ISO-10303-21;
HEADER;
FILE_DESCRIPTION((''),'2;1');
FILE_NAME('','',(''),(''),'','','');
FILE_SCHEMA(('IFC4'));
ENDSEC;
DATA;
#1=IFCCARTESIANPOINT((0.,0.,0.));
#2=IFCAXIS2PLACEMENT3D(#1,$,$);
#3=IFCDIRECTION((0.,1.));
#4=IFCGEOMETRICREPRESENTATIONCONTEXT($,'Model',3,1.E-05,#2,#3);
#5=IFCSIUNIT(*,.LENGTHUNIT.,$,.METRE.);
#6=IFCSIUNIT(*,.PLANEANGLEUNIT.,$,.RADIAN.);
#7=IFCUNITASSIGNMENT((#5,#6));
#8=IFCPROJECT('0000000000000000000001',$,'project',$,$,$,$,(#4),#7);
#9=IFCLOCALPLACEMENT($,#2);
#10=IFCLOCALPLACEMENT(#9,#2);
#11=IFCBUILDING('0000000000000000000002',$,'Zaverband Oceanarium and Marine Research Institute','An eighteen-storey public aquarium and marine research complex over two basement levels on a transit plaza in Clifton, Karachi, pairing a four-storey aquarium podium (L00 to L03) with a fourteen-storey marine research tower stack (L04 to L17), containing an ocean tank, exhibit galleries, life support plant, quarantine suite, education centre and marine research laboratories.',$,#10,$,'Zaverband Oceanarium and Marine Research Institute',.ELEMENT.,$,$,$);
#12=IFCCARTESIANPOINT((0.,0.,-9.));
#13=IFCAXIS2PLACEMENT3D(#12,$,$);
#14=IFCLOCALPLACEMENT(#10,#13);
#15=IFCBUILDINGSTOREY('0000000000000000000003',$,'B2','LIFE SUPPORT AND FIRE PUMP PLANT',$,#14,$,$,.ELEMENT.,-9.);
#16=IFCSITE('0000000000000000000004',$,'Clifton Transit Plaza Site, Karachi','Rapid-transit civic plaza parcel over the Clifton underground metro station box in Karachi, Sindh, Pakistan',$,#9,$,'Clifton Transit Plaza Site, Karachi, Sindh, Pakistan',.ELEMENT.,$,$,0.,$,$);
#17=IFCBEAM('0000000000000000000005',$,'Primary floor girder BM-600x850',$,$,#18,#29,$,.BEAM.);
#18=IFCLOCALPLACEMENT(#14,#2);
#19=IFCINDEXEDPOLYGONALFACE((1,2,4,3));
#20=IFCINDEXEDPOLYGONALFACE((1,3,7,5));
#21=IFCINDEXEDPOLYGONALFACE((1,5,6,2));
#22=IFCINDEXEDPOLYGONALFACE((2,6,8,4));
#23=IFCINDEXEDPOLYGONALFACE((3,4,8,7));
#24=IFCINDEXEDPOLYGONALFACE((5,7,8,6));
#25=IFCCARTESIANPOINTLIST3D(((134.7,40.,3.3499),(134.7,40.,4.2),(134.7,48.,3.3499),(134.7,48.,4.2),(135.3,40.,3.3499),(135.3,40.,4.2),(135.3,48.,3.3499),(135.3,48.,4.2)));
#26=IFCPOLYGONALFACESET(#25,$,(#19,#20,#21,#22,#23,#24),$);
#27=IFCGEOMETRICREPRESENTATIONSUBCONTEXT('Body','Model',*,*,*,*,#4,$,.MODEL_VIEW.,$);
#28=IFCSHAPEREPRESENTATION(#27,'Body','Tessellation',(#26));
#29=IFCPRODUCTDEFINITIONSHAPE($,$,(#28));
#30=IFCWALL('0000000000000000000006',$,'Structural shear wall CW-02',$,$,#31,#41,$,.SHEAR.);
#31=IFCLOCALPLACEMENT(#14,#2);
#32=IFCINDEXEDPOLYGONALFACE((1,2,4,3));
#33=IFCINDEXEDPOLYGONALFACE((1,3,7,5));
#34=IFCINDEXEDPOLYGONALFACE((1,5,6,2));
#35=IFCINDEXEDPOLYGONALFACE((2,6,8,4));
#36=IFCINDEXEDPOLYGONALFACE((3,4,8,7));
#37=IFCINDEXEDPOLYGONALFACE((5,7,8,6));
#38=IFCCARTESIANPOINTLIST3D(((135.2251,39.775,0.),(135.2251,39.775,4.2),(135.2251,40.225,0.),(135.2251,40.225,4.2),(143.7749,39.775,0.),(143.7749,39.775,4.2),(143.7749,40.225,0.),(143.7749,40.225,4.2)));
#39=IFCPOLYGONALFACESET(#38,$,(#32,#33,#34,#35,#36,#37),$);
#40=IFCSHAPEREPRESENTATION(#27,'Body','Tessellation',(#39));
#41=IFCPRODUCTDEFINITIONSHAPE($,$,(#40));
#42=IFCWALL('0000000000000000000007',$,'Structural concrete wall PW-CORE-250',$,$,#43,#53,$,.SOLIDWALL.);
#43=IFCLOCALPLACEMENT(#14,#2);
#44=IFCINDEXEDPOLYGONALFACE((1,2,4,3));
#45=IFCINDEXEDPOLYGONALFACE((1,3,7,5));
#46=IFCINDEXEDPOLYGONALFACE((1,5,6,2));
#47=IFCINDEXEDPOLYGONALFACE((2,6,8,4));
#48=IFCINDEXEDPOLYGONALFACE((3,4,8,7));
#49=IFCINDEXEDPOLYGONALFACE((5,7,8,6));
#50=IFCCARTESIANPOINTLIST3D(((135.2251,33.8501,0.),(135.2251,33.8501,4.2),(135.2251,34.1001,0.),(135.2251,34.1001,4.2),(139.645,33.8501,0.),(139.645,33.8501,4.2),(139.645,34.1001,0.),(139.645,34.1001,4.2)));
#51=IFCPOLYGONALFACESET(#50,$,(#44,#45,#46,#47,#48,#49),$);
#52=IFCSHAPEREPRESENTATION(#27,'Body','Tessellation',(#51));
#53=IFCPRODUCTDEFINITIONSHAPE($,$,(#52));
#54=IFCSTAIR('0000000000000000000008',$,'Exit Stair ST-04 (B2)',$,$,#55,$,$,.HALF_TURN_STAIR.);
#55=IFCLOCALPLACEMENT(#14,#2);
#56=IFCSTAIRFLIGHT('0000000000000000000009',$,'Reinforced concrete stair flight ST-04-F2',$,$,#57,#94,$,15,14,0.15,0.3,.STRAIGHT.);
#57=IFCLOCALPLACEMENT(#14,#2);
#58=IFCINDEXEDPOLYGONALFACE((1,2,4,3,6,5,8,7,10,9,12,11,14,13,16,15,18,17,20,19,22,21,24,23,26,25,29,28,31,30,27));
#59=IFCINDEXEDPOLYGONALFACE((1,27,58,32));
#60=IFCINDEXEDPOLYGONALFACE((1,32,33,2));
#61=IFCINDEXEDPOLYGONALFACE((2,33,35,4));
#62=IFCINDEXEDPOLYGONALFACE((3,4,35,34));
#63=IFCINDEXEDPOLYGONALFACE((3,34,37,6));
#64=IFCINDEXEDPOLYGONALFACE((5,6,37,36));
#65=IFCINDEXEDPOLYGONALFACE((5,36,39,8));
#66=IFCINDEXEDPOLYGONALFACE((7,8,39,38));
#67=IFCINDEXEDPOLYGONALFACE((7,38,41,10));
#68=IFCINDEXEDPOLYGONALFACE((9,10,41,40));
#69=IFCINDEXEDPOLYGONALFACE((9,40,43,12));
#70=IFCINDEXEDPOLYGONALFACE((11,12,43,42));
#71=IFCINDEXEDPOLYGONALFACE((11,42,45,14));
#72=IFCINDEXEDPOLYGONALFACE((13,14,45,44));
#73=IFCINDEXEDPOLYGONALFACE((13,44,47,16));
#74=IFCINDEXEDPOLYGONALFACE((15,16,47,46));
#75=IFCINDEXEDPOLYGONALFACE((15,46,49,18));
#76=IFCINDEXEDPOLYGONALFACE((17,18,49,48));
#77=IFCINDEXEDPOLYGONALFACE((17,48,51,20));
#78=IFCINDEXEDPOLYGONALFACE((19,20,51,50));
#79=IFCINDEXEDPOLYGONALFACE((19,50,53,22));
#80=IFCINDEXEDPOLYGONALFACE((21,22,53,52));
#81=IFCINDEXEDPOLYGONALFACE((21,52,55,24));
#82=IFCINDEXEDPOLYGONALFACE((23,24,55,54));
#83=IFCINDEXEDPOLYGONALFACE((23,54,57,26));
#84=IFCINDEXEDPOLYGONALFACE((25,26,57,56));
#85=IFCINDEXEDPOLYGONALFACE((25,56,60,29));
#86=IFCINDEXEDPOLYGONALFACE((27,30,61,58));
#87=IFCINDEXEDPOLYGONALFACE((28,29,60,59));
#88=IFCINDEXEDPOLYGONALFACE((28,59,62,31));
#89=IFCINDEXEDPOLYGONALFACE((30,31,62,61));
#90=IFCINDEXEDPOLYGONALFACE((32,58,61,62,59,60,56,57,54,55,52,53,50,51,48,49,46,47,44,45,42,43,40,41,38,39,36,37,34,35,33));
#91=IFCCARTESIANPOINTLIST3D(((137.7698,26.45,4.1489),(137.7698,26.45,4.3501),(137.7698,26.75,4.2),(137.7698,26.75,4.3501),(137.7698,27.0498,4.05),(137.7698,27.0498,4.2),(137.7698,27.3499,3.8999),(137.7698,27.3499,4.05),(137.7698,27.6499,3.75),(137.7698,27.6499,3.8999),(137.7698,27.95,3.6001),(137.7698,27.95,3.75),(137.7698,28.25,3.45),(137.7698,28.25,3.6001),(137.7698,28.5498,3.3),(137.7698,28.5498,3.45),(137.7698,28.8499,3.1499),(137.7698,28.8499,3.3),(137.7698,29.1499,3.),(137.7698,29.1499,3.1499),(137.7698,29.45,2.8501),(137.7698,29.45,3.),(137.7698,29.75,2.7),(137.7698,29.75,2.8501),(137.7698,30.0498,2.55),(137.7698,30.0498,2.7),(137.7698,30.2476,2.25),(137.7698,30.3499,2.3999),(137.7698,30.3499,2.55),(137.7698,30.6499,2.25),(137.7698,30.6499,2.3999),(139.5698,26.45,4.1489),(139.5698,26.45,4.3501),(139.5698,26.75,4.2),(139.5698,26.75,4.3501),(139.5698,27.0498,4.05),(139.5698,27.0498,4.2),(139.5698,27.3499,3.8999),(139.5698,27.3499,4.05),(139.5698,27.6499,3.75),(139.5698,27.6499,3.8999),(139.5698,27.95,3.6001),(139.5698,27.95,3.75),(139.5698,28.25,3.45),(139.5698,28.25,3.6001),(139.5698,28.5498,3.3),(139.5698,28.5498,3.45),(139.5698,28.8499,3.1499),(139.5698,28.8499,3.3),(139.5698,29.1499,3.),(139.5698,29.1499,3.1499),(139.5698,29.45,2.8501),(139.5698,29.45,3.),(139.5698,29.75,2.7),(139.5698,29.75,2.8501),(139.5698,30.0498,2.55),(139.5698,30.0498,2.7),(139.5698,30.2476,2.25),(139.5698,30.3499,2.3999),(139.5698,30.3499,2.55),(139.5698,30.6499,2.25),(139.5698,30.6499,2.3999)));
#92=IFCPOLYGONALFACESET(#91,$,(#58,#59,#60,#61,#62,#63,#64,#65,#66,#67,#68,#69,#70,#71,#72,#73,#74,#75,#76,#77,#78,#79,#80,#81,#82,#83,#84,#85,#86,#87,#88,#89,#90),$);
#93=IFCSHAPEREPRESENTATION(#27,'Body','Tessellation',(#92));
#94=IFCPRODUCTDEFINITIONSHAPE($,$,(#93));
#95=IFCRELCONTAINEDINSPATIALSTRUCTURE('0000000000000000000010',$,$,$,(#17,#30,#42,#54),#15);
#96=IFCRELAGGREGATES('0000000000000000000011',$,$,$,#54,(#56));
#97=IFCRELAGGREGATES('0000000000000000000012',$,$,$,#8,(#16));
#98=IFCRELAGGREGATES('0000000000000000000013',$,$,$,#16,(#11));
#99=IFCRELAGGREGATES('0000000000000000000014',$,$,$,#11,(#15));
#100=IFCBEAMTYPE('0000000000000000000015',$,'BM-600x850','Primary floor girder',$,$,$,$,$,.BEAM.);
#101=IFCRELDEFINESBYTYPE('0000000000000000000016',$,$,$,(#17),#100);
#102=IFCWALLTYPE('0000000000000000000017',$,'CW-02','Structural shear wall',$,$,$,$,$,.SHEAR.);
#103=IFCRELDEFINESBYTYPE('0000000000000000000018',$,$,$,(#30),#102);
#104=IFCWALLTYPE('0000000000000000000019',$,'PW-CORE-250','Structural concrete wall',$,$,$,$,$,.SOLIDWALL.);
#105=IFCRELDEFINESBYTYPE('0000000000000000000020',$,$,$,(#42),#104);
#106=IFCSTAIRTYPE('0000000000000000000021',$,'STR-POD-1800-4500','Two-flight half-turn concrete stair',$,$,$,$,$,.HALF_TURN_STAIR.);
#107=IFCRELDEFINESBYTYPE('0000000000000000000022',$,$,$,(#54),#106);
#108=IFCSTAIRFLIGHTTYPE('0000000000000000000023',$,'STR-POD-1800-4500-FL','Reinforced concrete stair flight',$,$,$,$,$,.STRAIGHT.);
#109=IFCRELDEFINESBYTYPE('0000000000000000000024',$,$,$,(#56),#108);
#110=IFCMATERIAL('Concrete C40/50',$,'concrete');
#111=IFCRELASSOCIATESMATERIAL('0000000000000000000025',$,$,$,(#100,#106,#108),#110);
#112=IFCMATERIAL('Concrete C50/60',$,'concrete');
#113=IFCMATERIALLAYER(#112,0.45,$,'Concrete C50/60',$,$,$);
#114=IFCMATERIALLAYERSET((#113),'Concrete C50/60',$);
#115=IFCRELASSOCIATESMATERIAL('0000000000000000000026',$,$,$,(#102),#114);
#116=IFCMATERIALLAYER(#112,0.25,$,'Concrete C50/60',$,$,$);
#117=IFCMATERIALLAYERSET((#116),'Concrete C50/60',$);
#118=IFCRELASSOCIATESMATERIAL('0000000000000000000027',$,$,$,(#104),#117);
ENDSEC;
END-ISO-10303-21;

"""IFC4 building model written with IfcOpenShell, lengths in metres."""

from ifc_helpers import new_model, si_unit, direction, frame, frame_2d, origin, origin_2d, place, context, subcontext, project, spatial, polyline, rectangle, outline, extrude, material, layer, layer_set, material_profile, profile_set, type_object, element, aggregate, save


model = new_model("IFC4")

# Units and contexts
model_context = context("Model", 3, precision=1e-05, world=origin(), true_north=direction((0.0, 1.0)))
body_context = subcontext(model_context, "Body", "Model", "MODEL_VIEW")
ifc_project = project(units=[si_unit("LENGTHUNIT", "METRE"), si_unit("PLANEANGLEUNIT", "RADIAN")], contexts=[model_context])

# Site, building, storey
site_placement = place(None, origin())
site = spatial("IfcSite", under=ifc_project, at=site_placement, Name="Clifton Transit Plaza Site, Karachi", Description="Rapid-transit civic plaza parcel over the Clifton underground metro station box in Karachi, Sindh, Pakistan", LongName="Clifton Transit Plaza Site, Karachi, Sindh, Pakistan", CompositionType="ELEMENT", RefElevation=0.0)
building_placement = place(site_placement, origin())
building = spatial("IfcBuilding", under=site, at=building_placement, Name="Zaverband Oceanarium and Marine Research Institute", Description="An eighteen-storey public aquarium and marine research complex over two basement levels on a transit plaza in Clifton, Karachi, pairing a four-storey aquarium podium (L00 to L03) with a fourteen-storey marine research tower stack (L04 to L17), containing an ocean tank, exhibit galleries, life support plant, quarantine suite, education centre and marine research laboratories.", LongName="Zaverband Oceanarium and Marine Research Institute", CompositionType="ELEMENT")
storey_placement = place(building_placement, frame((0.0, 0.0, -9.0)))
storey = spatial("IfcBuildingStorey", under=building, at=storey_placement, Name="B2", Description="LIFE SUPPORT AND FIRE PUMP PLANT", CompositionType="ELEMENT", Elevation=-9.0)

# Shared definitions
ifc_material_1 = material(Name="Concrete C50/60", Category="concrete")

# Beam
ifc_material_2 = material(Name="Concrete C40/50", Category="concrete")
ifc_material_profile_1 = material_profile(ifc_material_2, rectangle(XDim=0.6001, YDim=0.8501, at=origin_2d()), Name="RC600x850")
ifc_profile_set_1 = profile_set([ifc_material_profile_1], Name="Concrete C40/50")
beam_type = type_object("IfcBeamType", Name="BM-600x850", Description="Primary floor girder", PredefinedType="BEAM", material=ifc_profile_set_1)
for number, where, z_axis, x_axis, name in (
    (1, (135.0, 40.0, 3.7749), (0.0, 1.0, 0.0), (-1.0, 0.0, 0.0), "Primary floor girder BM-600x850"),
):
    element("IfcBeam", number, at=place(storey_placement, frame(where, z_axis=z_axis, x_axis=x_axis)), inside=storey, type_object=beam_type, Name=name, PredefinedType="BEAM", context=body_context, shape_type="SweptSolid", body=[
        extrude(rectangle(XDim=0.6001, YDim=0.8501, at=origin_2d()), origin(), (0.0, 0.0, 1.0), 8.0),
    ])

# Walls
ifc_layer_1 = layer(ifc_material_1, 0.45, Name="Concrete C50/60")
ifc_layer_set_1 = layer_set([ifc_layer_1], Name="Concrete C50/60")
wall_type_1 = type_object("IfcWallType", Name="CW-02", Description="Structural shear wall", PredefinedType="SHEAR", material=ifc_layer_set_1)
wall_1_placement = place(storey_placement, frame((135.2251, 40.0, 0.0), z_axis=(0.0, 0.0, 1.0), x_axis=(1.0, 0.0, 0.0)))
element("IfcWall", 2, at=wall_1_placement, inside=storey, type_object=wall_type_1, Name="Structural shear wall CW-02", PredefinedType="SHEAR", context=body_context, shape_type="SweptSolid", body=[
    extrude(rectangle(XDim=8.5498, YDim=0.45, at=frame_2d((4.2749, 0.0))), origin(), (0.0, 0.0, 1.0), 4.2),
])
ifc_layer_2 = layer(ifc_material_1, 0.25, Name="Concrete C50/60")
ifc_layer_set_2 = layer_set([ifc_layer_2], Name="Concrete C50/60")
wall_type_2 = type_object("IfcWallType", Name="PW-CORE-250", Description="Structural concrete wall", PredefinedType="SOLIDWALL", material=ifc_layer_set_2)
wall_2_placement = place(storey_placement, frame((135.2251, 33.9751, 0.0), z_axis=(0.0, 0.0, 1.0), x_axis=(1.0, 0.0, 0.0)))
element("IfcWall", 3, at=wall_2_placement, inside=storey, type_object=wall_type_2, Name="Structural concrete wall PW-CORE-250", PredefinedType="SOLIDWALL", context=body_context, shape_type="SweptSolid", body=[
    extrude(rectangle(XDim=4.4199, YDim=0.25, at=frame_2d((2.21, 0.0))), origin(), (0.0, 0.0, 1.0), 4.2),
])

# Stair, stair flight
stair_type = type_object("IfcStairType", Name="STR-POD-1800-4500", Description="Two-flight half-turn concrete stair", PredefinedType="HALF_TURN_STAIR", material=ifc_material_2)
stair_placement = place(storey_placement, origin())
stair = element("IfcStair", 4, at=stair_placement, inside=storey, type_object=stair_type, Name="Exit Stair ST-04 (B2)", PredefinedType="HALF_TURN_STAIR")
stair_flight_type = type_object("IfcStairFlightType", Name="STR-POD-1800-4500-FL", Description="Reinforced concrete stair flight", PredefinedType="STRAIGHT", material=ifc_material_2)
stair_flight_placement = place(storey_placement, frame((138.6699, 30.6499, 2.25), z_axis=(0.0, 0.0, 1.0), x_axis=(0.0, -1.0, 0.0)))
stair_flight = element("IfcStairFlight", 5, at=stair_flight_placement, type_object=stair_flight_type, Name="Reinforced concrete stair flight ST-04-F2", NumberOfRisers=15, NumberOfTreads=14, PredefinedType="STRAIGHT", RiserHeight=0.15, TreadLength=0.3, context=body_context, shape_type="SweptSolid", body=[
    extrude(outline(polyline([(0.0, 0.0), (0.0, 0.1499), (0.3, 0.1499), (0.3, 0.3), (0.6001, 0.3), (0.6001, 0.45), (0.8999, 0.45), (0.8999, 0.6001), (1.2, 0.6001), (1.2, 0.75), (1.5, 0.75), (1.5, 0.8999), (1.8, 0.8999), (1.8, 1.05), (2.1001, 1.05), (2.1001, 1.2), (2.3999, 1.2), (2.3999, 1.3501), (2.7, 1.3501), (2.7, 1.5), (3.0, 1.5), (3.0, 1.6499), (3.3, 1.6499), (3.3, 1.8), (3.6001, 1.8), (3.6001, 1.95), (3.8999, 1.95), (3.8999, 2.1001), (4.2, 2.1001), (4.2, 2.25), (4.2, 1.8989), (0.4023, 0.0), (0.0, 0.0)])), frame((0.0, 0.8999, 0.0), z_axis=(0.0, -1.0, 0.0), x_axis=(1.0, 0.0, 0.0)), (0.0, 0.0, 1.0), 1.8),
])
aggregate(stair, [stair_flight])

save(model, "model.ifc")
